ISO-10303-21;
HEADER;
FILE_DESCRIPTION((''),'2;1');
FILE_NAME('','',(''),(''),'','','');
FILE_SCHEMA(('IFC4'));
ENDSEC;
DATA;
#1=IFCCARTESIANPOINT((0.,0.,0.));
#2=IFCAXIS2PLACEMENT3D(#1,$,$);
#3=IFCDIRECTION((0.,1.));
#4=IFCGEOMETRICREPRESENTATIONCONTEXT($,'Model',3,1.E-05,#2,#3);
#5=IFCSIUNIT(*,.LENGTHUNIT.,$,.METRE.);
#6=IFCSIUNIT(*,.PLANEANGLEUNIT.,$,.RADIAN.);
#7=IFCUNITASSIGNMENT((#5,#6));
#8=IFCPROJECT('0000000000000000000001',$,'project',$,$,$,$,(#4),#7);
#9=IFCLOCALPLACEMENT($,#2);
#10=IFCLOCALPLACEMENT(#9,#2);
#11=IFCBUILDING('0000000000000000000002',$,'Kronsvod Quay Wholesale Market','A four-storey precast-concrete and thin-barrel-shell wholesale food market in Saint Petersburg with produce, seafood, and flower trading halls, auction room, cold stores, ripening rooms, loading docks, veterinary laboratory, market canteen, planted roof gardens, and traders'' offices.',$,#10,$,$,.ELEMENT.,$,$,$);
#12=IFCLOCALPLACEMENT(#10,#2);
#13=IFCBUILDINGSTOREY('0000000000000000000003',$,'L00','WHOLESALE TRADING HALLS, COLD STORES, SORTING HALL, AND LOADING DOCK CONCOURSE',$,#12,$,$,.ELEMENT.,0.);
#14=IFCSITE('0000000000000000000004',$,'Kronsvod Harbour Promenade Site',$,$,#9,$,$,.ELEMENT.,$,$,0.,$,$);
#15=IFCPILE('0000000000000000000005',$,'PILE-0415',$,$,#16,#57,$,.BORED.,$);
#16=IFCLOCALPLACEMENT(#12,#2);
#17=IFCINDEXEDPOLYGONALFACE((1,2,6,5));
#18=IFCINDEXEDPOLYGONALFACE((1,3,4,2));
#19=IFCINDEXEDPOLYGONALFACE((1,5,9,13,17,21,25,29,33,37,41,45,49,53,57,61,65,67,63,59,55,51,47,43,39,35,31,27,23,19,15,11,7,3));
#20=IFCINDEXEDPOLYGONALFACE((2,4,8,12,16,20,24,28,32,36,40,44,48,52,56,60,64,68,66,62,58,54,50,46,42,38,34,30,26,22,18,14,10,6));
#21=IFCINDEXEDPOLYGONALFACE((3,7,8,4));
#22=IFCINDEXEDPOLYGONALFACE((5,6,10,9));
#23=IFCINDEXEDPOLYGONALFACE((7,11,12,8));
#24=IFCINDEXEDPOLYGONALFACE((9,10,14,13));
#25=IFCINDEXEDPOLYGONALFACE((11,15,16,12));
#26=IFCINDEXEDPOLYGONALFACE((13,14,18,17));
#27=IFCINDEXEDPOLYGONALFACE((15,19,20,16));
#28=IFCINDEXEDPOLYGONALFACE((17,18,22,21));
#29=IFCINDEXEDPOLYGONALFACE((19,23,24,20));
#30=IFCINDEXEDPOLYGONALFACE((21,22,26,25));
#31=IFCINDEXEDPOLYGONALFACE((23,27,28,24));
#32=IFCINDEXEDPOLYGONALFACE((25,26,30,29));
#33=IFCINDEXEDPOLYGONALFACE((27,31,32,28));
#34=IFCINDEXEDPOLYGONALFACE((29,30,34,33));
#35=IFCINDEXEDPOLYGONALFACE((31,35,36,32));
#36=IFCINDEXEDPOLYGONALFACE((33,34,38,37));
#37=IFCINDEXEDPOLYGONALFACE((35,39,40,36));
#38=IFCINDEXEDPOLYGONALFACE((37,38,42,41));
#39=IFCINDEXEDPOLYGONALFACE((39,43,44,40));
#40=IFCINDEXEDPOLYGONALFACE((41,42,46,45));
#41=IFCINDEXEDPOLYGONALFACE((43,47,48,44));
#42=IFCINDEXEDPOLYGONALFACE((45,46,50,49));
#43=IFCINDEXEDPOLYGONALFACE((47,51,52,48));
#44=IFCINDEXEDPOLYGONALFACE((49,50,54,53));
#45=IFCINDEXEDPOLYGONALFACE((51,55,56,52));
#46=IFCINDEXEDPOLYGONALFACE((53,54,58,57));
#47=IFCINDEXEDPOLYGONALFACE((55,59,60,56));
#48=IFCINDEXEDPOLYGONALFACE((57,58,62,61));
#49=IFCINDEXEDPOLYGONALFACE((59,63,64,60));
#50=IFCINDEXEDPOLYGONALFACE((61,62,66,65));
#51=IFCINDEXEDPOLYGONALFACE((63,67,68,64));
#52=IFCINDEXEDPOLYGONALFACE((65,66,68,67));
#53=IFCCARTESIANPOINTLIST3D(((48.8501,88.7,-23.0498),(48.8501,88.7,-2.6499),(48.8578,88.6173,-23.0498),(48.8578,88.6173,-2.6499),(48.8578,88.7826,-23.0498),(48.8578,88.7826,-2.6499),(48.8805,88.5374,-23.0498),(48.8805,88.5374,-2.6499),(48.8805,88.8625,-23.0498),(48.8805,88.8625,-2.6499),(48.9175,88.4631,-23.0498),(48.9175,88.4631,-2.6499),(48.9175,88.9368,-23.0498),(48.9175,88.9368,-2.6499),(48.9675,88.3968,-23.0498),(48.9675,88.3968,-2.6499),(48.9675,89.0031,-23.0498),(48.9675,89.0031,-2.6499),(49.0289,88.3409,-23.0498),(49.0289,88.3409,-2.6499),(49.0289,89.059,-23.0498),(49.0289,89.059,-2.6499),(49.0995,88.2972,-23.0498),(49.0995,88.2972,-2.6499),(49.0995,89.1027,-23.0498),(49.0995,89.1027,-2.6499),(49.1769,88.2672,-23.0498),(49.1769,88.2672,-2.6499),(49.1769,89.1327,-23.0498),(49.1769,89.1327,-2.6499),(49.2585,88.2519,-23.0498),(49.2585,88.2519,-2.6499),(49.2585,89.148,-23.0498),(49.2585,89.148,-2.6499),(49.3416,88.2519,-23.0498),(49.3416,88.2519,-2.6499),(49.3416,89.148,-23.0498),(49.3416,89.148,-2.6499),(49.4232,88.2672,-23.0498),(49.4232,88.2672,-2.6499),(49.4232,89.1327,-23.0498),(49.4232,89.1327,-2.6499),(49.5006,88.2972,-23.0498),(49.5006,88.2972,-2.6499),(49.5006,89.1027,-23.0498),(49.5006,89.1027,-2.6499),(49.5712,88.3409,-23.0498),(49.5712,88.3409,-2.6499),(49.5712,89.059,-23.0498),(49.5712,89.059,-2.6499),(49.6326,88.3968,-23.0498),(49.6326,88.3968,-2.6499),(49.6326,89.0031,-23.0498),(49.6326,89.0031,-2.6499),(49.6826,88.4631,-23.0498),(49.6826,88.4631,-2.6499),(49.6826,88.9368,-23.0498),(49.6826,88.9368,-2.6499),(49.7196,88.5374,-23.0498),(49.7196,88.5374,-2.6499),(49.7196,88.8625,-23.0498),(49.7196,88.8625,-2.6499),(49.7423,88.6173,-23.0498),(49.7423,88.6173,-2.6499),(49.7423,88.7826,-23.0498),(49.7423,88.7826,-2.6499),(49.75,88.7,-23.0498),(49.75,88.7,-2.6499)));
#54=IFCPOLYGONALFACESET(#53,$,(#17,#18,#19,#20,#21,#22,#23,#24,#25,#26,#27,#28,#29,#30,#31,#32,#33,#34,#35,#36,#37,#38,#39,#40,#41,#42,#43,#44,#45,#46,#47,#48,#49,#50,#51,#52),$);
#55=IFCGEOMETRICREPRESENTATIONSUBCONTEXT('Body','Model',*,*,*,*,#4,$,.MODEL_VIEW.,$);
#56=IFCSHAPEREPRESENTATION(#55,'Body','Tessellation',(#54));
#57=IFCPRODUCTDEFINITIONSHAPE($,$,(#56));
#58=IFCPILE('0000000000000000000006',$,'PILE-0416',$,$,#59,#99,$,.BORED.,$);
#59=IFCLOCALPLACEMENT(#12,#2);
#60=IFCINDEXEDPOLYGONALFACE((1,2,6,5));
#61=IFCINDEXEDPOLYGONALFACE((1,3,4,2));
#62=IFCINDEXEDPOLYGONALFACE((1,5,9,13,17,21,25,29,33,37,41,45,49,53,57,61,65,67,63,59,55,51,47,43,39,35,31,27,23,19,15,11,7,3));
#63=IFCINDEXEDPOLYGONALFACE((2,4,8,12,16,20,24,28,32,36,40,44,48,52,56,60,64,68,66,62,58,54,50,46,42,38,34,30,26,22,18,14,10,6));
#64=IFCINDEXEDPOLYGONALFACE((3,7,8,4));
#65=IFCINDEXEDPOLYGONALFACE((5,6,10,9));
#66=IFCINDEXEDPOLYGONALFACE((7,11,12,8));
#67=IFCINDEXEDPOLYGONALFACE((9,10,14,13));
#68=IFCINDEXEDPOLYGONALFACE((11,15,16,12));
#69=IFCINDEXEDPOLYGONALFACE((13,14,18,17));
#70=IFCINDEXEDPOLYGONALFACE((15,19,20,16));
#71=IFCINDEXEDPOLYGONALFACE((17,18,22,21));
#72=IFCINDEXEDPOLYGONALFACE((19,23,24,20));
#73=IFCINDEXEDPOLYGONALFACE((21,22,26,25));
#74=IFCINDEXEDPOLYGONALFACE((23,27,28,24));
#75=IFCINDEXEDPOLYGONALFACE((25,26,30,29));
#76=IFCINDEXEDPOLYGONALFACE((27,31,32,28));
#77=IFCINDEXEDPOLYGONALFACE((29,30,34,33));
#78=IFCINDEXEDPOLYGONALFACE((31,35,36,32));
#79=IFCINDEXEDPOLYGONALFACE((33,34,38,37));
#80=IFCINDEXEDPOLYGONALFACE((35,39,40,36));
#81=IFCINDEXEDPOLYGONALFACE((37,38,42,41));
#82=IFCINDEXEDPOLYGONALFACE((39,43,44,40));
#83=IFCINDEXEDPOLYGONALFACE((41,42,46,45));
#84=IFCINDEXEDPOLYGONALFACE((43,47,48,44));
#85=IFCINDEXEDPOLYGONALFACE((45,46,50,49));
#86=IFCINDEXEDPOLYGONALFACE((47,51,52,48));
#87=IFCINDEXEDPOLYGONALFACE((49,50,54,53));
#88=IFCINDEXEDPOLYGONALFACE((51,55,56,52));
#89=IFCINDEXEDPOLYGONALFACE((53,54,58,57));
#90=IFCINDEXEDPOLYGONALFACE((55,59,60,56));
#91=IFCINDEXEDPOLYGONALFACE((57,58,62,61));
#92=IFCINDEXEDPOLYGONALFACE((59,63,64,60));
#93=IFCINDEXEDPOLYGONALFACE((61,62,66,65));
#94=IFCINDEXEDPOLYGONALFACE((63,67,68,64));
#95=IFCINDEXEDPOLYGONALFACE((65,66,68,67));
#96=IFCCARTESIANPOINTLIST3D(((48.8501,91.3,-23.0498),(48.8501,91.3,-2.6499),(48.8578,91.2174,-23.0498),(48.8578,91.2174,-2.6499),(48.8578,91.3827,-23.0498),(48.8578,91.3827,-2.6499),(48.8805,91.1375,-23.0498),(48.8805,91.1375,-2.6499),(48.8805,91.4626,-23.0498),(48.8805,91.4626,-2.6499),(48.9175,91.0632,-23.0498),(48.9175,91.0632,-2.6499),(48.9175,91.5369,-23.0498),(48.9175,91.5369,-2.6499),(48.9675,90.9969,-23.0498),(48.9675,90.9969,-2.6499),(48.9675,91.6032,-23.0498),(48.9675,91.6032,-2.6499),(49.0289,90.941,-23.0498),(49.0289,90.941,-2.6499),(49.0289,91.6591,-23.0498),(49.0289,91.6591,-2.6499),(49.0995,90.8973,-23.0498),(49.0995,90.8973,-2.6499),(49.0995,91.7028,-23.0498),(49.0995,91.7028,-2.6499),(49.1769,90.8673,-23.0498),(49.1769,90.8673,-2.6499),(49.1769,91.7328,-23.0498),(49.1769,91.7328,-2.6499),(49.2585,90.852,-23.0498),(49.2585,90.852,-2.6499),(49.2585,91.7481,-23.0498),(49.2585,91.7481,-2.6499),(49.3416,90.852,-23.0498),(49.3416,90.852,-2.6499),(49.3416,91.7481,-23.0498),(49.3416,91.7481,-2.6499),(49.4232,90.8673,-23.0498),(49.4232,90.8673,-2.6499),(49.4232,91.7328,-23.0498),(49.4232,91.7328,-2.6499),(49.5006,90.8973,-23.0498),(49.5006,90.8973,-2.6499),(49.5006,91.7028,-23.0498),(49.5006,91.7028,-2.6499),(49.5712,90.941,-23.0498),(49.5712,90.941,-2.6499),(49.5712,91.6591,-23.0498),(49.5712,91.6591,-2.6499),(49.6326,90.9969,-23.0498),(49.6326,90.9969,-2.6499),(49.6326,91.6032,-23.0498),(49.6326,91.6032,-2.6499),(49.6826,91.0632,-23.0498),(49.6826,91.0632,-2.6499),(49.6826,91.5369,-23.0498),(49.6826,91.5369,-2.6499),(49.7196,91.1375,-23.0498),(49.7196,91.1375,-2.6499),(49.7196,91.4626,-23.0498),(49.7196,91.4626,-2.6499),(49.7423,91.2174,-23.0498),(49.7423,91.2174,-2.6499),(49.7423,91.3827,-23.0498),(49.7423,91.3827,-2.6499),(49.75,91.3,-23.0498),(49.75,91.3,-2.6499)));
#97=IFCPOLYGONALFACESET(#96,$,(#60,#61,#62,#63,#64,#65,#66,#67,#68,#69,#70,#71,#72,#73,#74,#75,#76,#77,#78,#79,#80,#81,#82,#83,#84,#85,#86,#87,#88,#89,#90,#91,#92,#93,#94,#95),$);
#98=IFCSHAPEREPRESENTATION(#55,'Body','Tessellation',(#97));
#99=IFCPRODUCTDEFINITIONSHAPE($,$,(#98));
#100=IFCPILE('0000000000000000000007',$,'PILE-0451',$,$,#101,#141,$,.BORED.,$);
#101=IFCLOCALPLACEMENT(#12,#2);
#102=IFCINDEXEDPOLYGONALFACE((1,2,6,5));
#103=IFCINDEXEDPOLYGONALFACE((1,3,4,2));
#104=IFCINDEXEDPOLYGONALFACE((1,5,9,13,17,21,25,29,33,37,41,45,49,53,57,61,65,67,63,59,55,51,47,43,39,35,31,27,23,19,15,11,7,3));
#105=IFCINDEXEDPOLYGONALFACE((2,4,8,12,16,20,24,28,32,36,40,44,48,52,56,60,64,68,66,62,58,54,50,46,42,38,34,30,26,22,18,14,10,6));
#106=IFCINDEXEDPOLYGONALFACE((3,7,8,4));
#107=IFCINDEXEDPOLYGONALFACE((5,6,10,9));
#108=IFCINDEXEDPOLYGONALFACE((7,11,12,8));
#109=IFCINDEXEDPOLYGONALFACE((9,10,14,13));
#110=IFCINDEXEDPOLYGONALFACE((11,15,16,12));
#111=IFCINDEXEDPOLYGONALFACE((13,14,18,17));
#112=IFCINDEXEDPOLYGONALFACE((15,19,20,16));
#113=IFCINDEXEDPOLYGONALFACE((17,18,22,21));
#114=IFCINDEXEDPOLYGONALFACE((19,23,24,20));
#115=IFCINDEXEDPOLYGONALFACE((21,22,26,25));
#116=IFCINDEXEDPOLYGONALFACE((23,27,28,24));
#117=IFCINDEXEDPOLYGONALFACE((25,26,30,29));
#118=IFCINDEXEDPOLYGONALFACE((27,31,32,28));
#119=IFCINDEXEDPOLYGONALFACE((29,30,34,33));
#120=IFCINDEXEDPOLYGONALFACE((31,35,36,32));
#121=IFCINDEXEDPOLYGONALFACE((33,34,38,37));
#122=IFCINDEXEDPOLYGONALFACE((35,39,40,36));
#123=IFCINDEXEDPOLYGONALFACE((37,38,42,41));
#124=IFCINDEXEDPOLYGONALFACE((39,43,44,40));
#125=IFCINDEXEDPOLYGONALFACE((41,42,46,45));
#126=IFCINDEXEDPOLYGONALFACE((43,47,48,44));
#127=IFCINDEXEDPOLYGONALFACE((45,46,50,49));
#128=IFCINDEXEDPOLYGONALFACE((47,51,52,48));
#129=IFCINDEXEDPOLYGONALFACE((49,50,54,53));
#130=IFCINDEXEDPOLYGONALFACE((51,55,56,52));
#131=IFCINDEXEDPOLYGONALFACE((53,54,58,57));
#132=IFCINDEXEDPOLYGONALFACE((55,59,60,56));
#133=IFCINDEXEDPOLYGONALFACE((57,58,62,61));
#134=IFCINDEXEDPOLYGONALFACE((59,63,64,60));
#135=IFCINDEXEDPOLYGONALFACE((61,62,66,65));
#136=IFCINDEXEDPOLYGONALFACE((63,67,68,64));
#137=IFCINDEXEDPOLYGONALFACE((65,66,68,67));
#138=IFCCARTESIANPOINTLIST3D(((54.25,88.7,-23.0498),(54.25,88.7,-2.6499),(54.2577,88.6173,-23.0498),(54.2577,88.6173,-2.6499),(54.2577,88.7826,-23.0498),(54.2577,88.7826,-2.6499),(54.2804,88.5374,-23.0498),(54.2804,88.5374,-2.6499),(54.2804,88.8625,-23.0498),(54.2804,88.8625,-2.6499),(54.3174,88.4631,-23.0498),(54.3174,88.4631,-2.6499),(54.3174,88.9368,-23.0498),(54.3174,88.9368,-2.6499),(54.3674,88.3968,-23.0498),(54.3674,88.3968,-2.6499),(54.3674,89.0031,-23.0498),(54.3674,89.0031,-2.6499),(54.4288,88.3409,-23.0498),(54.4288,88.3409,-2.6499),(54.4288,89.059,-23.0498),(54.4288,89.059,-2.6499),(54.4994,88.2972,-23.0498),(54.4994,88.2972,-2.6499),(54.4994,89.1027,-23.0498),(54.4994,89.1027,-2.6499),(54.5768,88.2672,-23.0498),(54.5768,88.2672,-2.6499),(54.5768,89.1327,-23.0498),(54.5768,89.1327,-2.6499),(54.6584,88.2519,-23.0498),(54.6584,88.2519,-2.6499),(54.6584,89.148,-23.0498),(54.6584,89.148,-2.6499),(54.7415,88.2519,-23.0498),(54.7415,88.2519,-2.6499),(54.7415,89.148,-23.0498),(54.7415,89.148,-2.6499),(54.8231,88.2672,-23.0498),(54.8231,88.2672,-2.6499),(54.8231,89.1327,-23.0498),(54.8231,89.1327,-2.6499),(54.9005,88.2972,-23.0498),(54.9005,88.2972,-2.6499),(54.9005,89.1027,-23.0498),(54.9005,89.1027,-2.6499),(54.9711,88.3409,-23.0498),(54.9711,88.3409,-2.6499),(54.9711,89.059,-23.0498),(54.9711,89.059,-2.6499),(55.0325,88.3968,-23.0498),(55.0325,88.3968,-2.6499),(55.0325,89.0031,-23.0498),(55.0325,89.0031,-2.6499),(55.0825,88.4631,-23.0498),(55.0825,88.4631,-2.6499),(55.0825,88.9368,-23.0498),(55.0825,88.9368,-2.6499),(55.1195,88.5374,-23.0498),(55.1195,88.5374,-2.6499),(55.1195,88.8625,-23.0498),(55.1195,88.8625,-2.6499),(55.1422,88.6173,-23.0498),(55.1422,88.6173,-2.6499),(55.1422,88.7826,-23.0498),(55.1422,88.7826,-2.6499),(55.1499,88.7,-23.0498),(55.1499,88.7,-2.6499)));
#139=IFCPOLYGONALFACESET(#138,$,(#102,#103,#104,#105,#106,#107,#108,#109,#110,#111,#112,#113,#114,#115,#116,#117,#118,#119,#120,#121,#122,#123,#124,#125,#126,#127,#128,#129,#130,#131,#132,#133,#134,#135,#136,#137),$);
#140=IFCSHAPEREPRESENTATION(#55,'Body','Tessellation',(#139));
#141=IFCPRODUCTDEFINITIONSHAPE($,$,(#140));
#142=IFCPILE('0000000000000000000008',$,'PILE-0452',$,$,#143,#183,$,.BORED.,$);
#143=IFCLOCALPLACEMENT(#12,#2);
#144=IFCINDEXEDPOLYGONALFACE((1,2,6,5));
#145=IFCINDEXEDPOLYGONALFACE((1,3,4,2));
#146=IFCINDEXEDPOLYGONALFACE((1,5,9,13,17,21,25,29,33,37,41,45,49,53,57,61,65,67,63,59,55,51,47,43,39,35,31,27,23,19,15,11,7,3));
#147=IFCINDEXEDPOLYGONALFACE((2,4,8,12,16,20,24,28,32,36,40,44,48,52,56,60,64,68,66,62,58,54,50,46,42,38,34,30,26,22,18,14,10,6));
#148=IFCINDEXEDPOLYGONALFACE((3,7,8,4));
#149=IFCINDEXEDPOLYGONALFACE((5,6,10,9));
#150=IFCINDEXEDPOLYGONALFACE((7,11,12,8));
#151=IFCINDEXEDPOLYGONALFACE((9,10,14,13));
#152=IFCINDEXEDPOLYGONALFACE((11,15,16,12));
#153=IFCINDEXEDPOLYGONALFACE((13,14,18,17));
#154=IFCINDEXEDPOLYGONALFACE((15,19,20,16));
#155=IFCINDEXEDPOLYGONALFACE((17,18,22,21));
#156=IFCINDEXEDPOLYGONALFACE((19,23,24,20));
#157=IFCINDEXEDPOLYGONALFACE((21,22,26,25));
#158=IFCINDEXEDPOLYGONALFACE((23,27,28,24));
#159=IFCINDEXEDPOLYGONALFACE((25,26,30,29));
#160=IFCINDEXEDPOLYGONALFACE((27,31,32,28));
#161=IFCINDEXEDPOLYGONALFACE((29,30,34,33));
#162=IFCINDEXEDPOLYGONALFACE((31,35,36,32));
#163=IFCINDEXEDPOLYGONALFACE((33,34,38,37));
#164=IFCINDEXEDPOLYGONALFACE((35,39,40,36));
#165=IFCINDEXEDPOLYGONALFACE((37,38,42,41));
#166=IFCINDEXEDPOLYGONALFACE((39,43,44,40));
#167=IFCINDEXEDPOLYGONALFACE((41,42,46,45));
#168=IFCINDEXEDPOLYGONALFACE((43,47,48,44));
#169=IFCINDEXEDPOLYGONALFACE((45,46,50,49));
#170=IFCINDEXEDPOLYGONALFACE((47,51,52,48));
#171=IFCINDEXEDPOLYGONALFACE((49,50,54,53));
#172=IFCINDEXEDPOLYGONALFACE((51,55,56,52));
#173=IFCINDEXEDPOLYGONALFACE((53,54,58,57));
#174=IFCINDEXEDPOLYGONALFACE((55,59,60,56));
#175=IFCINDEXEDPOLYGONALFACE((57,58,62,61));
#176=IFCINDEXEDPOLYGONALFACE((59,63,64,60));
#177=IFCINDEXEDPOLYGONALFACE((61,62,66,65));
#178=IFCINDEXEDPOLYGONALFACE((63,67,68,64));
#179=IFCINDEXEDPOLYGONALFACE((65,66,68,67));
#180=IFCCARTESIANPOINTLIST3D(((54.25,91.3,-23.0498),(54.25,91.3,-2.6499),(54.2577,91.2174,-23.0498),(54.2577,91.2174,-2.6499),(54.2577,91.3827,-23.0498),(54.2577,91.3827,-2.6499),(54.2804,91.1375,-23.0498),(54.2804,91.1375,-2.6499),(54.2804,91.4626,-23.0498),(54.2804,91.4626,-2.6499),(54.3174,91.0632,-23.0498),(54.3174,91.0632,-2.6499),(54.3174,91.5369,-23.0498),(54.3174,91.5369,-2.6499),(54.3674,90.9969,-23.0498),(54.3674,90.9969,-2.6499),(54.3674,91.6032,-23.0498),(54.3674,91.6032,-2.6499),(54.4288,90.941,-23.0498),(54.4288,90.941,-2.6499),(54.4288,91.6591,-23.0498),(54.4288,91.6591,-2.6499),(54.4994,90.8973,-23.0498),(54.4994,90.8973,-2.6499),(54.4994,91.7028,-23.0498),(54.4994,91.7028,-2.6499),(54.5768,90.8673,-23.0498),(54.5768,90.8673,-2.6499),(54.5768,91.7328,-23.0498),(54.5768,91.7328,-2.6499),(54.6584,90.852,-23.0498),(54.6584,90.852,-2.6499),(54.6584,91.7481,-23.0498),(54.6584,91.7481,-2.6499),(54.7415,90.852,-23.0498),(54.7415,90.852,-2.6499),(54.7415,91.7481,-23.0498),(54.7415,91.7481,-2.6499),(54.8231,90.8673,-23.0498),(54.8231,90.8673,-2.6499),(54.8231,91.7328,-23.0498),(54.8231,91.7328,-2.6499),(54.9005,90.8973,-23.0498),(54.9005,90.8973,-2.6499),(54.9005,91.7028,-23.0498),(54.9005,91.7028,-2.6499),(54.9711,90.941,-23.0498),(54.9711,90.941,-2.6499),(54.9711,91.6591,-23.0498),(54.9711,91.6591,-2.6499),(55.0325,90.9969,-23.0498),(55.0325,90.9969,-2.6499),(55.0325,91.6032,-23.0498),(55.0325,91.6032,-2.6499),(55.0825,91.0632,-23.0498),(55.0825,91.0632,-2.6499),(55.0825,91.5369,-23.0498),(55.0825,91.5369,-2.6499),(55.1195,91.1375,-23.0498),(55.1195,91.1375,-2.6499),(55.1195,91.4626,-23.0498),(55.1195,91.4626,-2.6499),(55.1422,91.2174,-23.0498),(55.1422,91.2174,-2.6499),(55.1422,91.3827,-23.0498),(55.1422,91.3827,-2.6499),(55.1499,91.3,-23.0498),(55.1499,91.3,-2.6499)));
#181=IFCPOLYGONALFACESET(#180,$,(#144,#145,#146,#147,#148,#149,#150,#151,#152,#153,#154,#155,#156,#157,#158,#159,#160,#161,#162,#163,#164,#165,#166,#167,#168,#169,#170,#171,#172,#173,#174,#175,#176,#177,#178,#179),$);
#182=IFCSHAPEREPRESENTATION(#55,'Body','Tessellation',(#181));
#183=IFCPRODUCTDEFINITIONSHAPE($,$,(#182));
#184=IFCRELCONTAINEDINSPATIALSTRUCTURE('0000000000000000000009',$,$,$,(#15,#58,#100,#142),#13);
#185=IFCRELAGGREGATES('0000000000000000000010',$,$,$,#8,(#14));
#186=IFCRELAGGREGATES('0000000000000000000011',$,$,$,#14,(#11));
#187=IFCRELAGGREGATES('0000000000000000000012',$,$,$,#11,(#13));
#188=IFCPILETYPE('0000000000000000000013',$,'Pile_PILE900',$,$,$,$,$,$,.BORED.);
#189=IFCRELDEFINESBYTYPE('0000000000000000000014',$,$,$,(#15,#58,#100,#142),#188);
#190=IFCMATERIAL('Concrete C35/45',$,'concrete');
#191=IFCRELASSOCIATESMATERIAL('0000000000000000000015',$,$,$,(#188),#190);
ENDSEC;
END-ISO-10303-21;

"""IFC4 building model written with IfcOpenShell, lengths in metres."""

from ifc_helpers import new_model, si_unit, direction, frame, origin, origin_2d, place, context, subcontext, project, spatial, circle, extrude, material, material_profile, profile_set, type_object, element, save


model = new_model("IFC4")

# Units and contexts
model_context = context("Model", 3, precision=1e-05, world=origin(), true_north=direction((0.0, 1.0)))
body_context = subcontext(model_context, "Body", "Model", "MODEL_VIEW")
ifc_project = project(units=[si_unit("LENGTHUNIT", "METRE"), si_unit("PLANEANGLEUNIT", "RADIAN")], contexts=[model_context])

# Site, building, storey
site_placement = place(None, origin())
site = spatial("IfcSite", under=ifc_project, at=site_placement, Name="Kronsvod Harbour Promenade Site", CompositionType="ELEMENT", RefElevation=0.0)
building_placement = place(site_placement, origin())
building = spatial("IfcBuilding", under=site, at=building_placement, Name="Kronsvod Quay Wholesale Market", Description="A four-storey precast-concrete and thin-barrel-shell wholesale food market in Saint Petersburg with produce, seafood, and flower trading halls, auction room, cold stores, ripening rooms, loading docks, veterinary laboratory, market canteen, planted roof gardens, and traders' offices.", CompositionType="ELEMENT")
storey_placement = place(building_placement, origin())
storey = spatial("IfcBuildingStorey", under=building, at=storey_placement, Name="L00", Description="WHOLESALE TRADING HALLS, COLD STORES, SORTING HALL, AND LOADING DOCK CONCOURSE", CompositionType="ELEMENT", Elevation=0.0)

# Piles
ifc_material_1 = material(Name="Concrete C35/45", Category="concrete")
ifc_material_profile_1 = material_profile(ifc_material_1, circle(Radius=0.45, at=origin_2d()), Name="PILE900")
ifc_profile_set_1 = profile_set([ifc_material_profile_1], Name="Concrete C35/45")
pile_type = type_object("IfcPileType", Name="Pile_PILE900", PredefinedType="BORED", material=ifc_profile_set_1)
for number, where, z_axis, x_axis, name in (
    (1, (49.3, 88.7, -2.6499), (0.0, 0.0, -1.0), (1.0, 0.0, 0.0), "PILE-0415"),
    (2, (49.3, 91.3, -2.6499), (0.0, 0.0, -1.0), (1.0, 0.0, 0.0), "PILE-0416"),
    (3, (54.7, 88.7, -2.6499), (0.0, 0.0, -1.0), (1.0, 0.0, 0.0), "PILE-0451"),
    (4, (54.7, 91.3, -2.6499), (0.0, 0.0, -1.0), (1.0, 0.0, 0.0), "PILE-0452"),
):
    element("IfcPile", number, at=place(storey_placement, frame(where, z_axis=z_axis, x_axis=x_axis)), inside=storey, type_object=pile_type, Name=name, PredefinedType="BORED", context=body_context, shape_type="SweptSolid", body=[
        extrude(circle(Radius=0.45, at=origin_2d()), origin(), (0.0, 0.0, 1.0), 20.3999),
    ])

save(model, "model.ifc")
